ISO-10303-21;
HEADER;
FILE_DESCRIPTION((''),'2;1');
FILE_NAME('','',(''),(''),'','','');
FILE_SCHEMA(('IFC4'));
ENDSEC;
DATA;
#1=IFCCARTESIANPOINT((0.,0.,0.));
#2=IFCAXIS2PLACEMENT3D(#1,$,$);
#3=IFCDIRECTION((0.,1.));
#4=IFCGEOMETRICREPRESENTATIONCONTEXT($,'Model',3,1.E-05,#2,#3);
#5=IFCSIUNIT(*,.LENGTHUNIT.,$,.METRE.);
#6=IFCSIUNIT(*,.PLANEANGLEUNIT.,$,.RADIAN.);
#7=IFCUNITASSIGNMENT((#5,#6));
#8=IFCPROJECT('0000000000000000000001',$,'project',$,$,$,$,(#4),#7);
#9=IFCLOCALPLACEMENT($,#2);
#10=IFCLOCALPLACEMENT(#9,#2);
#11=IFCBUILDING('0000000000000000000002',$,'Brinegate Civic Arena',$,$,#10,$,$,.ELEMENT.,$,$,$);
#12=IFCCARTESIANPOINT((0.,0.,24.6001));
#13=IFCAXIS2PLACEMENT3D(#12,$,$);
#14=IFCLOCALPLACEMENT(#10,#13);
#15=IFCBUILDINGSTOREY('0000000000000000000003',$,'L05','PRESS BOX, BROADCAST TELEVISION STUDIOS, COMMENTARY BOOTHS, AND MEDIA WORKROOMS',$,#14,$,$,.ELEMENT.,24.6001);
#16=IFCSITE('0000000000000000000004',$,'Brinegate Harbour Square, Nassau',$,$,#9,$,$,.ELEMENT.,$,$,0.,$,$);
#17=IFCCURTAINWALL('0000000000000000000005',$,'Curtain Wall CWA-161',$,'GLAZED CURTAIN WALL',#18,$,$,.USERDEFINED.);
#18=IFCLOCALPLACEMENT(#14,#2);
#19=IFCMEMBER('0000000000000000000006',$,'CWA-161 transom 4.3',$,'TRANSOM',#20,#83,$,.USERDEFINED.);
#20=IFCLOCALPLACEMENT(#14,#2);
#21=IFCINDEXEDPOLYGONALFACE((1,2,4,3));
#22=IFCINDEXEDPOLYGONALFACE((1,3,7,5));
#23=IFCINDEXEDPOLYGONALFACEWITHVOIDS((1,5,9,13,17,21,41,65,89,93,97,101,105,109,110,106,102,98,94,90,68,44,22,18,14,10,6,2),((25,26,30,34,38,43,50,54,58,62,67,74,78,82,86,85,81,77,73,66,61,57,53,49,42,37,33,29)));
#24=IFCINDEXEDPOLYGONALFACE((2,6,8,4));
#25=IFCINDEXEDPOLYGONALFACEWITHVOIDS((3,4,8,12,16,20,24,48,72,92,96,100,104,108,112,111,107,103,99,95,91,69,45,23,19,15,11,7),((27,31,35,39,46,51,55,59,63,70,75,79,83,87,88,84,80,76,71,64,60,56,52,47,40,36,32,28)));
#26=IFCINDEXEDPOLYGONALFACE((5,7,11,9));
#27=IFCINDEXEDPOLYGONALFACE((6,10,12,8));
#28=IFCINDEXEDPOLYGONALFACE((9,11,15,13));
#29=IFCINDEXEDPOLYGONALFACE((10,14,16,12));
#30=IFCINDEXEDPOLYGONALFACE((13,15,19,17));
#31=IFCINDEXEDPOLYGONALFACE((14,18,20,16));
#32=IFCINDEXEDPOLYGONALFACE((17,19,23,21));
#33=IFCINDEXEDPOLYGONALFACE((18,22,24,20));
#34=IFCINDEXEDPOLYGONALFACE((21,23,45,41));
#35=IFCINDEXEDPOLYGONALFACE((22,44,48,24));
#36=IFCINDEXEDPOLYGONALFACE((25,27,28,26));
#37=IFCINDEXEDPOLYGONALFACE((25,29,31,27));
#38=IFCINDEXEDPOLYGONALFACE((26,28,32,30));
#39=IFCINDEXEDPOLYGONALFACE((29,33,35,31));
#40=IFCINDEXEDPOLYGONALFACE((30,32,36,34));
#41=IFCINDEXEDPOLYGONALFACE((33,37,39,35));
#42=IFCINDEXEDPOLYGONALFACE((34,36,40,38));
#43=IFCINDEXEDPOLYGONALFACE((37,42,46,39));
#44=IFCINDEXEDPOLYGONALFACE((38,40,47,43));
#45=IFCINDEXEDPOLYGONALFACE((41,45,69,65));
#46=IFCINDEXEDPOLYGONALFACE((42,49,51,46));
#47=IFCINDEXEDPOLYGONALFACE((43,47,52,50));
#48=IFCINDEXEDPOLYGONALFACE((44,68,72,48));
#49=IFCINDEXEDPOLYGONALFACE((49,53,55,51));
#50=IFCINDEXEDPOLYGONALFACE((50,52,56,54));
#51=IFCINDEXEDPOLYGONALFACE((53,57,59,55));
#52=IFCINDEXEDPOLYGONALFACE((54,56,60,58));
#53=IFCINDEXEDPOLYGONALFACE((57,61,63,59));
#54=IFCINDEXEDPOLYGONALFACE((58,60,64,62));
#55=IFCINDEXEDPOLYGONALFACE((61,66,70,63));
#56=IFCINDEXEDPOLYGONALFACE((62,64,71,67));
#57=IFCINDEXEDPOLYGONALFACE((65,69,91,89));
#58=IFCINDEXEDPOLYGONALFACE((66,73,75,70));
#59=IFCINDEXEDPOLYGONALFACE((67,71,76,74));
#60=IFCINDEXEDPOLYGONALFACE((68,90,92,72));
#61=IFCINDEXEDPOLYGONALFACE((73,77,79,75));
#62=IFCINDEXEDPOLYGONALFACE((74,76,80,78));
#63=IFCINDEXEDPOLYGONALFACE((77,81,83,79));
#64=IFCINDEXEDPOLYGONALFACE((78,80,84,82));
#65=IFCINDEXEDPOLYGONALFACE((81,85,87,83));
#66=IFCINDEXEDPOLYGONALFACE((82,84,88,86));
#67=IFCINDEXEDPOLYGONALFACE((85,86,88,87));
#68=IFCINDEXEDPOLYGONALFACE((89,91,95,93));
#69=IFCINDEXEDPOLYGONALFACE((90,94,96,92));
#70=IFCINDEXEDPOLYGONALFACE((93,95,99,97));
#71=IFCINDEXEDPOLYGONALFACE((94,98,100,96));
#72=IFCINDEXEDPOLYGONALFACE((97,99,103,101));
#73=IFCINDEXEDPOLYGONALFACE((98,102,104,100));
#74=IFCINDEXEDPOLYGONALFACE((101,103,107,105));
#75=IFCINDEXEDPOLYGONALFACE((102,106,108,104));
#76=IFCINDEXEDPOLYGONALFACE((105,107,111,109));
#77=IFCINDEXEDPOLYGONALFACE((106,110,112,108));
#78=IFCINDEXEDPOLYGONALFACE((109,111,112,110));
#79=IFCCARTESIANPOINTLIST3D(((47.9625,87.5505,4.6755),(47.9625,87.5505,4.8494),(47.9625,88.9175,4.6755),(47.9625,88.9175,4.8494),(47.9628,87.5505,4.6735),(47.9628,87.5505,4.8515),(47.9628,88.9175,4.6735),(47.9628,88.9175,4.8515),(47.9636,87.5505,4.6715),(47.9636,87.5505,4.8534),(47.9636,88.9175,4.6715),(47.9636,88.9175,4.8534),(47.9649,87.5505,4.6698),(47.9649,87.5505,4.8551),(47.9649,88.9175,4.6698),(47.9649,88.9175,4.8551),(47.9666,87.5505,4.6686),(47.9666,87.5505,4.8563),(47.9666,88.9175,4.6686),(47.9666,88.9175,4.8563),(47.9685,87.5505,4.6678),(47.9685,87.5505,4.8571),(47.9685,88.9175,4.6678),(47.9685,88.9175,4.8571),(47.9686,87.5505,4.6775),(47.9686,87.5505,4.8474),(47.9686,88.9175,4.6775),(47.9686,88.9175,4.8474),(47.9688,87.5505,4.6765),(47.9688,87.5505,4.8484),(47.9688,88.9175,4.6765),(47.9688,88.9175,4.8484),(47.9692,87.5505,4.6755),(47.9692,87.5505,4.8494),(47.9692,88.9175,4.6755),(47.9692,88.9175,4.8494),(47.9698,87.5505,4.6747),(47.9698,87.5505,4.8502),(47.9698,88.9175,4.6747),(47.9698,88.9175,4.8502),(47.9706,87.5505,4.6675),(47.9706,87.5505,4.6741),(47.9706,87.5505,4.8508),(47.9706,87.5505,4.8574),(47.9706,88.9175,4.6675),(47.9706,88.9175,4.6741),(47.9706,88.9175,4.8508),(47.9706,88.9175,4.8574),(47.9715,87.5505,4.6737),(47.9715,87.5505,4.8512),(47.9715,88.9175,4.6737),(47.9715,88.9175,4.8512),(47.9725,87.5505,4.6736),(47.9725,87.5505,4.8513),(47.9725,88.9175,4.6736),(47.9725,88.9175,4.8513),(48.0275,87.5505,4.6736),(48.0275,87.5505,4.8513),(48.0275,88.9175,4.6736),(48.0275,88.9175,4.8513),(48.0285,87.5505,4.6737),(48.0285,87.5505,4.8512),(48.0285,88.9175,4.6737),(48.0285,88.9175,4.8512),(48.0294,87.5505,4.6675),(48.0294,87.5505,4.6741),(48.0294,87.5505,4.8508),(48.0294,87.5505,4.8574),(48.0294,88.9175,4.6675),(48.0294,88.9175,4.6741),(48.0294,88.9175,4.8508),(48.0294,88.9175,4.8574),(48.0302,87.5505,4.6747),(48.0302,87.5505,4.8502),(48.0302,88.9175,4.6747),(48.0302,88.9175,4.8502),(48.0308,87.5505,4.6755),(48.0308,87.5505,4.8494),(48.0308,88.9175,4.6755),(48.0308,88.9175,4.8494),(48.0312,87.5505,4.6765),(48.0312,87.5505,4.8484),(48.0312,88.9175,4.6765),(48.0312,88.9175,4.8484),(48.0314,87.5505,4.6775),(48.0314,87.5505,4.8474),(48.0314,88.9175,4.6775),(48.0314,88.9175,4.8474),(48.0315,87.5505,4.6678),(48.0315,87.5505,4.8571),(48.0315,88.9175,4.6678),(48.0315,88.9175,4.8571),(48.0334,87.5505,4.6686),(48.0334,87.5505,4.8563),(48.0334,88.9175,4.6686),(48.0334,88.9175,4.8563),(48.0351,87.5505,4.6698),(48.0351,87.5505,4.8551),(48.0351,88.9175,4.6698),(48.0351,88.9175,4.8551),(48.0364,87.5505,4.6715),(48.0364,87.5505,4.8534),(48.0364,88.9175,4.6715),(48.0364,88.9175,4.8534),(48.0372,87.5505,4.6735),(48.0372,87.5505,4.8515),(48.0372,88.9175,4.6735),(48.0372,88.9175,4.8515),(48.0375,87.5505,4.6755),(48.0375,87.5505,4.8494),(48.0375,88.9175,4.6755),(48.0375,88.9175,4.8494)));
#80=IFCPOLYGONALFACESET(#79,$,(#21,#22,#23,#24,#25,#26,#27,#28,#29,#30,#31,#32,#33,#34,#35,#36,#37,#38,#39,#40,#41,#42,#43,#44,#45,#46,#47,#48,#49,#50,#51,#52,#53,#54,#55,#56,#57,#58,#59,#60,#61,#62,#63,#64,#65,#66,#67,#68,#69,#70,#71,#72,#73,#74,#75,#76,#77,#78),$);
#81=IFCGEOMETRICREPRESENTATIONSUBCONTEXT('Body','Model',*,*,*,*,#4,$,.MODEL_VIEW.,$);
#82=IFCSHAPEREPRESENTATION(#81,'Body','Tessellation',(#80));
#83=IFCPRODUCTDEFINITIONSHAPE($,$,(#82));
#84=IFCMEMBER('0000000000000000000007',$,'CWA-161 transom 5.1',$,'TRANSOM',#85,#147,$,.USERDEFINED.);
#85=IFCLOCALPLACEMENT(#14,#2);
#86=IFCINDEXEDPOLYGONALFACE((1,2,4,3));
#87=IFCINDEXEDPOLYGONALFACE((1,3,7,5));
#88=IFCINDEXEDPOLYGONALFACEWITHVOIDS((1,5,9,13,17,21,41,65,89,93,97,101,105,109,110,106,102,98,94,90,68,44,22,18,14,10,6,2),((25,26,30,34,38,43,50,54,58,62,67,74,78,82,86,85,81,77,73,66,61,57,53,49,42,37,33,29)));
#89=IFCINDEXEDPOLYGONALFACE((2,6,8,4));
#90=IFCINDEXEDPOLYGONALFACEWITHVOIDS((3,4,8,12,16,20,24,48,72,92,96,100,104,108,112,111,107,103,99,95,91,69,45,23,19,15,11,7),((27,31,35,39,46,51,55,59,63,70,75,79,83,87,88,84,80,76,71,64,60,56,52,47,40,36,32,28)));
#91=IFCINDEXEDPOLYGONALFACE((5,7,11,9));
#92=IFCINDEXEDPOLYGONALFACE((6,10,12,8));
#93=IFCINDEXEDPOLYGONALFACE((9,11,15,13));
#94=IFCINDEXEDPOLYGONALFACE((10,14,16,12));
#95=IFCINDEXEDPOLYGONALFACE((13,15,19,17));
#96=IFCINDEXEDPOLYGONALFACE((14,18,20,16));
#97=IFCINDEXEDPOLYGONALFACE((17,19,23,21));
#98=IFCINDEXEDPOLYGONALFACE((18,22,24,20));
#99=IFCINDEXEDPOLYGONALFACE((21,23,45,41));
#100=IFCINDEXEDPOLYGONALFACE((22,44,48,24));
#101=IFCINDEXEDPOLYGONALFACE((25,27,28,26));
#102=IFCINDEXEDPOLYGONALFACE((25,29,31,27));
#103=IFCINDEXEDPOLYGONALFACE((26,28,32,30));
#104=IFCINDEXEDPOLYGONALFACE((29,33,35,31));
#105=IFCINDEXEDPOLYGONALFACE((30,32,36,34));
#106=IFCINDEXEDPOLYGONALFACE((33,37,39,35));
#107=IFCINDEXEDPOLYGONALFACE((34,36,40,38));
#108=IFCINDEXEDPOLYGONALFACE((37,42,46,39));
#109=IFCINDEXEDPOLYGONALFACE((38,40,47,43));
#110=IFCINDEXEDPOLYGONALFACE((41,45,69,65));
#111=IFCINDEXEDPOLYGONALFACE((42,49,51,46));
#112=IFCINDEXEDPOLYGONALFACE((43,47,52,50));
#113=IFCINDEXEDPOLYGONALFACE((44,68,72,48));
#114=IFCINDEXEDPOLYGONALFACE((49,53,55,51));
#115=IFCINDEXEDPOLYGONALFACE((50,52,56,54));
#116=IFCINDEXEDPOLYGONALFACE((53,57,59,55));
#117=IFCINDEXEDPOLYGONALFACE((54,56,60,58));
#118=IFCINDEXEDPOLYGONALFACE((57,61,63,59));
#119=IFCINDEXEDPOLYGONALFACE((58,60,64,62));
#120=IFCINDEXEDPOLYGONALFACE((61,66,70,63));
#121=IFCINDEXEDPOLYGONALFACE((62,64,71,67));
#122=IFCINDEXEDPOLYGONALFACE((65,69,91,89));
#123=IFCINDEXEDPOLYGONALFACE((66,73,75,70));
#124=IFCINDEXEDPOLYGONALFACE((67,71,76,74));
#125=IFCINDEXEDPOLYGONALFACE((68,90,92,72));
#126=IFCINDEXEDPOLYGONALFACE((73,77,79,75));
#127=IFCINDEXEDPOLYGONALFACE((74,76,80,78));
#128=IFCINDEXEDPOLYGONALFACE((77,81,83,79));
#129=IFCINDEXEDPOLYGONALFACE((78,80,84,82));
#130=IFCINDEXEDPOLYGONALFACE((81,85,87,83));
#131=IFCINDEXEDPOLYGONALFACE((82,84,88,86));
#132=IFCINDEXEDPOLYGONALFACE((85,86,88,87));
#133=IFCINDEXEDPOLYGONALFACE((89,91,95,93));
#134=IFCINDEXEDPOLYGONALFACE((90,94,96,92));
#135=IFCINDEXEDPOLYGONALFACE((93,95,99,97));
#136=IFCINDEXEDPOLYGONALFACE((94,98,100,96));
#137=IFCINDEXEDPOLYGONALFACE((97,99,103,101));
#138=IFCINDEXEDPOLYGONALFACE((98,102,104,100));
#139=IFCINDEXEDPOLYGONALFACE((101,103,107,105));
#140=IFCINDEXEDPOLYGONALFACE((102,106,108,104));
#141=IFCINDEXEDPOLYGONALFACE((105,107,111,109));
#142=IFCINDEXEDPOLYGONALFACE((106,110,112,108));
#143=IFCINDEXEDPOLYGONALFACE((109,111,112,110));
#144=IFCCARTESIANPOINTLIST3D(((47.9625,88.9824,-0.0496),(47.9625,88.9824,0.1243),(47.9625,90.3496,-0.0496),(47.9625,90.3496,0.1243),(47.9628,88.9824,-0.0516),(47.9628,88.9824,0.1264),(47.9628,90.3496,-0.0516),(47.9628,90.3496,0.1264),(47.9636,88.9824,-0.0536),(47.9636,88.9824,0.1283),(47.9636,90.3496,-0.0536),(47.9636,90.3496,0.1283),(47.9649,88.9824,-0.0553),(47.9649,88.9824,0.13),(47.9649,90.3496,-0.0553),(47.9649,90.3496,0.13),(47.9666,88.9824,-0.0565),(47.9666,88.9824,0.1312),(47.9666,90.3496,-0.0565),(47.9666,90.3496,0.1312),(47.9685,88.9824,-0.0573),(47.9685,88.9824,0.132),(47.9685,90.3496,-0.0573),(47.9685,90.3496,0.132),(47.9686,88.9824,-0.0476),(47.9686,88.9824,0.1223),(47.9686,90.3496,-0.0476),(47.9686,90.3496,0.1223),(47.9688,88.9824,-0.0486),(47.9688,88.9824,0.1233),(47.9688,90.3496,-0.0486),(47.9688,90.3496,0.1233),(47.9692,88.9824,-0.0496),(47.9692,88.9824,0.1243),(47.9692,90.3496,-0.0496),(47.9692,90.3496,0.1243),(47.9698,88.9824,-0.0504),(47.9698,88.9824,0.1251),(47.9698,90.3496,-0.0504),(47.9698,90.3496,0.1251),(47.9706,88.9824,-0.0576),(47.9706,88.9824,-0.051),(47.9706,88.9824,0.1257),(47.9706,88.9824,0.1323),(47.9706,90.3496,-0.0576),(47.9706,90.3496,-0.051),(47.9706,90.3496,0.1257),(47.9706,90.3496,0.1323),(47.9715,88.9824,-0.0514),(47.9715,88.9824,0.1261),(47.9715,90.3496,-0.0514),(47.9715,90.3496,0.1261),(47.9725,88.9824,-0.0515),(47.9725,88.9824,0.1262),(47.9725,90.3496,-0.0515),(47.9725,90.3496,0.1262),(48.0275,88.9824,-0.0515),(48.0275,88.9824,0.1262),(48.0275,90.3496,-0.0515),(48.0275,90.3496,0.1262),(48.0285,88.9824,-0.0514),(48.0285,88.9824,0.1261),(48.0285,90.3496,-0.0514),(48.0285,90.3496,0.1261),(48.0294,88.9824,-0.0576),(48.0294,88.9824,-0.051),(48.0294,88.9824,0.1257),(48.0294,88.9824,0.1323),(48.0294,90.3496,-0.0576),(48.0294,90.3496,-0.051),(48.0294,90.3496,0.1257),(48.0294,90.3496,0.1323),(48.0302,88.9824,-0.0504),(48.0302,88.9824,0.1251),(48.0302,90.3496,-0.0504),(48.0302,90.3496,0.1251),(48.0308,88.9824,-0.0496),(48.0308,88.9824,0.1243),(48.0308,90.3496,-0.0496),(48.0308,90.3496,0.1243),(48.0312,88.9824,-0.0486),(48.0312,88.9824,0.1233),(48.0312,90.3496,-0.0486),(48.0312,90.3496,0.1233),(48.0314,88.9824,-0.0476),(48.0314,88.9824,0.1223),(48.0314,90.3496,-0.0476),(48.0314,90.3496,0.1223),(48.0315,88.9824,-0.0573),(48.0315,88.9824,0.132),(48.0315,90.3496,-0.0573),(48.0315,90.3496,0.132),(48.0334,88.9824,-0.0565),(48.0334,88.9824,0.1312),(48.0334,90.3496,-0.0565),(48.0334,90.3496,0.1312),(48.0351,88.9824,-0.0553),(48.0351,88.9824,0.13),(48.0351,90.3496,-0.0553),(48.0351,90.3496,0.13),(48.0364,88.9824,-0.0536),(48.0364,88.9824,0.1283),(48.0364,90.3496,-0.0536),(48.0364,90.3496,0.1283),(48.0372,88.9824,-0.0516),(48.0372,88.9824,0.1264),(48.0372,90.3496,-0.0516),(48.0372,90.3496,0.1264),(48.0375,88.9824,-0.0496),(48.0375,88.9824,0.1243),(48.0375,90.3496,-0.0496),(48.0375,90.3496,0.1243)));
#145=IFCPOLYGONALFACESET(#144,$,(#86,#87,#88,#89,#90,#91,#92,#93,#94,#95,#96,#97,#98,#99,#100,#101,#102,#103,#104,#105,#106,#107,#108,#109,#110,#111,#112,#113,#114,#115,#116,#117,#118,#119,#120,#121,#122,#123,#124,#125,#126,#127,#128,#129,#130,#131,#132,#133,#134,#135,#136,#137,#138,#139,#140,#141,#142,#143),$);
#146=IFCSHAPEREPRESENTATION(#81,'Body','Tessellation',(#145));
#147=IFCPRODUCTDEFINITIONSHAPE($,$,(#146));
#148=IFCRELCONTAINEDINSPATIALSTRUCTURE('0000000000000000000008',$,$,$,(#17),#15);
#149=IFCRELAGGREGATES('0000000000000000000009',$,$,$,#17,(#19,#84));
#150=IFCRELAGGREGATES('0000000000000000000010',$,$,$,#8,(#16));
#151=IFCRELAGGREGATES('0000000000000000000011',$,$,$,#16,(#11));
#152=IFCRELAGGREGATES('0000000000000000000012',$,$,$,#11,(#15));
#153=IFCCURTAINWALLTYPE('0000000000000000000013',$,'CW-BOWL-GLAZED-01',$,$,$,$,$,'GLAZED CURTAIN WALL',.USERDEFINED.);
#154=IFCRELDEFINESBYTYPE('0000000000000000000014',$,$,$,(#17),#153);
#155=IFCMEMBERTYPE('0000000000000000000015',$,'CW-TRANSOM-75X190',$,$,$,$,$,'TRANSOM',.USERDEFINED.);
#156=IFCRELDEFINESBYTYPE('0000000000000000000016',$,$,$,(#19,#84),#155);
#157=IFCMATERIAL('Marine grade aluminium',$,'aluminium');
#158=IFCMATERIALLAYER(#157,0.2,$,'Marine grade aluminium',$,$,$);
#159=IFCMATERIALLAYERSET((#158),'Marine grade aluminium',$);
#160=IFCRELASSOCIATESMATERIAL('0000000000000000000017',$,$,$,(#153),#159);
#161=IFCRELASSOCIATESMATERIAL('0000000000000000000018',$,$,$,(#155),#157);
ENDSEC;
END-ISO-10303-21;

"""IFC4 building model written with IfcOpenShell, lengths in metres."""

from ifc_helpers import new_model, si_unit, direction, frame, origin, origin_2d, place, context, subcontext, project, spatial, hollow_rectangle, extrude, material, layer, layer_set, material_profile, profile_set, type_object, element, aggregate, save


model = new_model("IFC4")

# Units and contexts
model_context = context("Model", 3, precision=1e-05, world=origin(), true_north=direction((0.0, 1.0)))
body_context = subcontext(model_context, "Body", "Model", "MODEL_VIEW")
ifc_project = project(units=[si_unit("LENGTHUNIT", "METRE"), si_unit("PLANEANGLEUNIT", "RADIAN")], contexts=[model_context])

# Site, building, storey
site_placement = place(None, origin())
site = spatial("IfcSite", under=ifc_project, at=site_placement, Name="Brinegate Harbour Square, Nassau", CompositionType="ELEMENT", RefElevation=0.0)
building_placement = place(site_placement, origin())
building = spatial("IfcBuilding", under=site, at=building_placement, Name="Brinegate Civic Arena", CompositionType="ELEMENT")
storey_placement = place(building_placement, frame((0.0, 0.0, 24.6001)))
storey = spatial("IfcBuildingStorey", under=building, at=storey_placement, Name="L05", Description="PRESS BOX, BROADCAST TELEVISION STUDIOS, COMMENTARY BOOTHS, AND MEDIA WORKROOMS", CompositionType="ELEMENT", Elevation=24.6001)

# Curtain wall, members
ifc_material_1 = material(Name="Marine grade aluminium", Category="aluminium")
ifc_layer_1 = layer(ifc_material_1, 0.2, Name="Marine grade aluminium")
ifc_layer_set_1 = layer_set([ifc_layer_1], Name="Marine grade aluminium")
curtain_wall_type = type_object("IfcCurtainWallType", Name="CW-BOWL-GLAZED-01", ElementType="GLAZED CURTAIN WALL", PredefinedType="USERDEFINED", material=ifc_layer_set_1)
curtain_wall_placement = place(storey_placement, origin())
curtain_wall = element("IfcCurtainWall", 1, at=curtain_wall_placement, inside=storey, type_object=curtain_wall_type, Name="Curtain Wall CWA-161", ObjectType="GLAZED CURTAIN WALL", PredefinedType="USERDEFINED")
ifc_material_profile_1 = material_profile(ifc_material_1, hollow_rectangle(XDim=0.075, YDim=0.1899, WallThickness=0.0061, InnerFilletRadius=0.0039, OuterFilletRadius=0.0081, at=origin_2d()), Name="TRN75X190")
ifc_profile_set_1 = profile_set([ifc_material_profile_1], Name="Marine grade aluminium")
member_type_1 = type_object("IfcMemberType", Name="CW-TRANSOM-75X190", ElementType="TRANSOM", PredefinedType="USERDEFINED", material=ifc_profile_set_1)
member_1_placement = place(storey_placement, frame((48.0, 87.5505, 4.7625), z_axis=(0.0, 1.0, 0.0), x_axis=(-1.0, 0.0, 0.0)))
member_1 = element("IfcMember", 2, at=member_1_placement, type_object=member_type_1, Name="CWA-161 transom 4.3", ObjectType="TRANSOM", PredefinedType="USERDEFINED", context=body_context, shape_type="SweptSolid", body=[
    extrude(hollow_rectangle(XDim=0.075, YDim=0.1899, WallThickness=0.0061, InnerFilletRadius=0.0039, OuterFilletRadius=0.0081, at=origin_2d()), origin(), (0.0, 0.0, 1.0), 1.3669),
])
member_2_placement = place(storey_placement, frame((48.0, 88.9824, 0.0374), z_axis=(0.0, 1.0, 0.0), x_axis=(-1.0, 0.0, 0.0)))
member_2 = element("IfcMember", 3, at=member_2_placement, type_object=member_type_1, Name="CWA-161 transom 5.1", ObjectType="TRANSOM", PredefinedType="USERDEFINED", context=body_context, shape_type="SweptSolid", body=[
    extrude(hollow_rectangle(XDim=0.075, YDim=0.1899, WallThickness=0.0061, InnerFilletRadius=0.0039, OuterFilletRadius=0.0081, at=origin_2d()), origin(), (0.0, 0.0, 1.0), 1.3672),
])
aggregate(curtain_wall, [member_1, member_2])

save(model, "model.ifc")
